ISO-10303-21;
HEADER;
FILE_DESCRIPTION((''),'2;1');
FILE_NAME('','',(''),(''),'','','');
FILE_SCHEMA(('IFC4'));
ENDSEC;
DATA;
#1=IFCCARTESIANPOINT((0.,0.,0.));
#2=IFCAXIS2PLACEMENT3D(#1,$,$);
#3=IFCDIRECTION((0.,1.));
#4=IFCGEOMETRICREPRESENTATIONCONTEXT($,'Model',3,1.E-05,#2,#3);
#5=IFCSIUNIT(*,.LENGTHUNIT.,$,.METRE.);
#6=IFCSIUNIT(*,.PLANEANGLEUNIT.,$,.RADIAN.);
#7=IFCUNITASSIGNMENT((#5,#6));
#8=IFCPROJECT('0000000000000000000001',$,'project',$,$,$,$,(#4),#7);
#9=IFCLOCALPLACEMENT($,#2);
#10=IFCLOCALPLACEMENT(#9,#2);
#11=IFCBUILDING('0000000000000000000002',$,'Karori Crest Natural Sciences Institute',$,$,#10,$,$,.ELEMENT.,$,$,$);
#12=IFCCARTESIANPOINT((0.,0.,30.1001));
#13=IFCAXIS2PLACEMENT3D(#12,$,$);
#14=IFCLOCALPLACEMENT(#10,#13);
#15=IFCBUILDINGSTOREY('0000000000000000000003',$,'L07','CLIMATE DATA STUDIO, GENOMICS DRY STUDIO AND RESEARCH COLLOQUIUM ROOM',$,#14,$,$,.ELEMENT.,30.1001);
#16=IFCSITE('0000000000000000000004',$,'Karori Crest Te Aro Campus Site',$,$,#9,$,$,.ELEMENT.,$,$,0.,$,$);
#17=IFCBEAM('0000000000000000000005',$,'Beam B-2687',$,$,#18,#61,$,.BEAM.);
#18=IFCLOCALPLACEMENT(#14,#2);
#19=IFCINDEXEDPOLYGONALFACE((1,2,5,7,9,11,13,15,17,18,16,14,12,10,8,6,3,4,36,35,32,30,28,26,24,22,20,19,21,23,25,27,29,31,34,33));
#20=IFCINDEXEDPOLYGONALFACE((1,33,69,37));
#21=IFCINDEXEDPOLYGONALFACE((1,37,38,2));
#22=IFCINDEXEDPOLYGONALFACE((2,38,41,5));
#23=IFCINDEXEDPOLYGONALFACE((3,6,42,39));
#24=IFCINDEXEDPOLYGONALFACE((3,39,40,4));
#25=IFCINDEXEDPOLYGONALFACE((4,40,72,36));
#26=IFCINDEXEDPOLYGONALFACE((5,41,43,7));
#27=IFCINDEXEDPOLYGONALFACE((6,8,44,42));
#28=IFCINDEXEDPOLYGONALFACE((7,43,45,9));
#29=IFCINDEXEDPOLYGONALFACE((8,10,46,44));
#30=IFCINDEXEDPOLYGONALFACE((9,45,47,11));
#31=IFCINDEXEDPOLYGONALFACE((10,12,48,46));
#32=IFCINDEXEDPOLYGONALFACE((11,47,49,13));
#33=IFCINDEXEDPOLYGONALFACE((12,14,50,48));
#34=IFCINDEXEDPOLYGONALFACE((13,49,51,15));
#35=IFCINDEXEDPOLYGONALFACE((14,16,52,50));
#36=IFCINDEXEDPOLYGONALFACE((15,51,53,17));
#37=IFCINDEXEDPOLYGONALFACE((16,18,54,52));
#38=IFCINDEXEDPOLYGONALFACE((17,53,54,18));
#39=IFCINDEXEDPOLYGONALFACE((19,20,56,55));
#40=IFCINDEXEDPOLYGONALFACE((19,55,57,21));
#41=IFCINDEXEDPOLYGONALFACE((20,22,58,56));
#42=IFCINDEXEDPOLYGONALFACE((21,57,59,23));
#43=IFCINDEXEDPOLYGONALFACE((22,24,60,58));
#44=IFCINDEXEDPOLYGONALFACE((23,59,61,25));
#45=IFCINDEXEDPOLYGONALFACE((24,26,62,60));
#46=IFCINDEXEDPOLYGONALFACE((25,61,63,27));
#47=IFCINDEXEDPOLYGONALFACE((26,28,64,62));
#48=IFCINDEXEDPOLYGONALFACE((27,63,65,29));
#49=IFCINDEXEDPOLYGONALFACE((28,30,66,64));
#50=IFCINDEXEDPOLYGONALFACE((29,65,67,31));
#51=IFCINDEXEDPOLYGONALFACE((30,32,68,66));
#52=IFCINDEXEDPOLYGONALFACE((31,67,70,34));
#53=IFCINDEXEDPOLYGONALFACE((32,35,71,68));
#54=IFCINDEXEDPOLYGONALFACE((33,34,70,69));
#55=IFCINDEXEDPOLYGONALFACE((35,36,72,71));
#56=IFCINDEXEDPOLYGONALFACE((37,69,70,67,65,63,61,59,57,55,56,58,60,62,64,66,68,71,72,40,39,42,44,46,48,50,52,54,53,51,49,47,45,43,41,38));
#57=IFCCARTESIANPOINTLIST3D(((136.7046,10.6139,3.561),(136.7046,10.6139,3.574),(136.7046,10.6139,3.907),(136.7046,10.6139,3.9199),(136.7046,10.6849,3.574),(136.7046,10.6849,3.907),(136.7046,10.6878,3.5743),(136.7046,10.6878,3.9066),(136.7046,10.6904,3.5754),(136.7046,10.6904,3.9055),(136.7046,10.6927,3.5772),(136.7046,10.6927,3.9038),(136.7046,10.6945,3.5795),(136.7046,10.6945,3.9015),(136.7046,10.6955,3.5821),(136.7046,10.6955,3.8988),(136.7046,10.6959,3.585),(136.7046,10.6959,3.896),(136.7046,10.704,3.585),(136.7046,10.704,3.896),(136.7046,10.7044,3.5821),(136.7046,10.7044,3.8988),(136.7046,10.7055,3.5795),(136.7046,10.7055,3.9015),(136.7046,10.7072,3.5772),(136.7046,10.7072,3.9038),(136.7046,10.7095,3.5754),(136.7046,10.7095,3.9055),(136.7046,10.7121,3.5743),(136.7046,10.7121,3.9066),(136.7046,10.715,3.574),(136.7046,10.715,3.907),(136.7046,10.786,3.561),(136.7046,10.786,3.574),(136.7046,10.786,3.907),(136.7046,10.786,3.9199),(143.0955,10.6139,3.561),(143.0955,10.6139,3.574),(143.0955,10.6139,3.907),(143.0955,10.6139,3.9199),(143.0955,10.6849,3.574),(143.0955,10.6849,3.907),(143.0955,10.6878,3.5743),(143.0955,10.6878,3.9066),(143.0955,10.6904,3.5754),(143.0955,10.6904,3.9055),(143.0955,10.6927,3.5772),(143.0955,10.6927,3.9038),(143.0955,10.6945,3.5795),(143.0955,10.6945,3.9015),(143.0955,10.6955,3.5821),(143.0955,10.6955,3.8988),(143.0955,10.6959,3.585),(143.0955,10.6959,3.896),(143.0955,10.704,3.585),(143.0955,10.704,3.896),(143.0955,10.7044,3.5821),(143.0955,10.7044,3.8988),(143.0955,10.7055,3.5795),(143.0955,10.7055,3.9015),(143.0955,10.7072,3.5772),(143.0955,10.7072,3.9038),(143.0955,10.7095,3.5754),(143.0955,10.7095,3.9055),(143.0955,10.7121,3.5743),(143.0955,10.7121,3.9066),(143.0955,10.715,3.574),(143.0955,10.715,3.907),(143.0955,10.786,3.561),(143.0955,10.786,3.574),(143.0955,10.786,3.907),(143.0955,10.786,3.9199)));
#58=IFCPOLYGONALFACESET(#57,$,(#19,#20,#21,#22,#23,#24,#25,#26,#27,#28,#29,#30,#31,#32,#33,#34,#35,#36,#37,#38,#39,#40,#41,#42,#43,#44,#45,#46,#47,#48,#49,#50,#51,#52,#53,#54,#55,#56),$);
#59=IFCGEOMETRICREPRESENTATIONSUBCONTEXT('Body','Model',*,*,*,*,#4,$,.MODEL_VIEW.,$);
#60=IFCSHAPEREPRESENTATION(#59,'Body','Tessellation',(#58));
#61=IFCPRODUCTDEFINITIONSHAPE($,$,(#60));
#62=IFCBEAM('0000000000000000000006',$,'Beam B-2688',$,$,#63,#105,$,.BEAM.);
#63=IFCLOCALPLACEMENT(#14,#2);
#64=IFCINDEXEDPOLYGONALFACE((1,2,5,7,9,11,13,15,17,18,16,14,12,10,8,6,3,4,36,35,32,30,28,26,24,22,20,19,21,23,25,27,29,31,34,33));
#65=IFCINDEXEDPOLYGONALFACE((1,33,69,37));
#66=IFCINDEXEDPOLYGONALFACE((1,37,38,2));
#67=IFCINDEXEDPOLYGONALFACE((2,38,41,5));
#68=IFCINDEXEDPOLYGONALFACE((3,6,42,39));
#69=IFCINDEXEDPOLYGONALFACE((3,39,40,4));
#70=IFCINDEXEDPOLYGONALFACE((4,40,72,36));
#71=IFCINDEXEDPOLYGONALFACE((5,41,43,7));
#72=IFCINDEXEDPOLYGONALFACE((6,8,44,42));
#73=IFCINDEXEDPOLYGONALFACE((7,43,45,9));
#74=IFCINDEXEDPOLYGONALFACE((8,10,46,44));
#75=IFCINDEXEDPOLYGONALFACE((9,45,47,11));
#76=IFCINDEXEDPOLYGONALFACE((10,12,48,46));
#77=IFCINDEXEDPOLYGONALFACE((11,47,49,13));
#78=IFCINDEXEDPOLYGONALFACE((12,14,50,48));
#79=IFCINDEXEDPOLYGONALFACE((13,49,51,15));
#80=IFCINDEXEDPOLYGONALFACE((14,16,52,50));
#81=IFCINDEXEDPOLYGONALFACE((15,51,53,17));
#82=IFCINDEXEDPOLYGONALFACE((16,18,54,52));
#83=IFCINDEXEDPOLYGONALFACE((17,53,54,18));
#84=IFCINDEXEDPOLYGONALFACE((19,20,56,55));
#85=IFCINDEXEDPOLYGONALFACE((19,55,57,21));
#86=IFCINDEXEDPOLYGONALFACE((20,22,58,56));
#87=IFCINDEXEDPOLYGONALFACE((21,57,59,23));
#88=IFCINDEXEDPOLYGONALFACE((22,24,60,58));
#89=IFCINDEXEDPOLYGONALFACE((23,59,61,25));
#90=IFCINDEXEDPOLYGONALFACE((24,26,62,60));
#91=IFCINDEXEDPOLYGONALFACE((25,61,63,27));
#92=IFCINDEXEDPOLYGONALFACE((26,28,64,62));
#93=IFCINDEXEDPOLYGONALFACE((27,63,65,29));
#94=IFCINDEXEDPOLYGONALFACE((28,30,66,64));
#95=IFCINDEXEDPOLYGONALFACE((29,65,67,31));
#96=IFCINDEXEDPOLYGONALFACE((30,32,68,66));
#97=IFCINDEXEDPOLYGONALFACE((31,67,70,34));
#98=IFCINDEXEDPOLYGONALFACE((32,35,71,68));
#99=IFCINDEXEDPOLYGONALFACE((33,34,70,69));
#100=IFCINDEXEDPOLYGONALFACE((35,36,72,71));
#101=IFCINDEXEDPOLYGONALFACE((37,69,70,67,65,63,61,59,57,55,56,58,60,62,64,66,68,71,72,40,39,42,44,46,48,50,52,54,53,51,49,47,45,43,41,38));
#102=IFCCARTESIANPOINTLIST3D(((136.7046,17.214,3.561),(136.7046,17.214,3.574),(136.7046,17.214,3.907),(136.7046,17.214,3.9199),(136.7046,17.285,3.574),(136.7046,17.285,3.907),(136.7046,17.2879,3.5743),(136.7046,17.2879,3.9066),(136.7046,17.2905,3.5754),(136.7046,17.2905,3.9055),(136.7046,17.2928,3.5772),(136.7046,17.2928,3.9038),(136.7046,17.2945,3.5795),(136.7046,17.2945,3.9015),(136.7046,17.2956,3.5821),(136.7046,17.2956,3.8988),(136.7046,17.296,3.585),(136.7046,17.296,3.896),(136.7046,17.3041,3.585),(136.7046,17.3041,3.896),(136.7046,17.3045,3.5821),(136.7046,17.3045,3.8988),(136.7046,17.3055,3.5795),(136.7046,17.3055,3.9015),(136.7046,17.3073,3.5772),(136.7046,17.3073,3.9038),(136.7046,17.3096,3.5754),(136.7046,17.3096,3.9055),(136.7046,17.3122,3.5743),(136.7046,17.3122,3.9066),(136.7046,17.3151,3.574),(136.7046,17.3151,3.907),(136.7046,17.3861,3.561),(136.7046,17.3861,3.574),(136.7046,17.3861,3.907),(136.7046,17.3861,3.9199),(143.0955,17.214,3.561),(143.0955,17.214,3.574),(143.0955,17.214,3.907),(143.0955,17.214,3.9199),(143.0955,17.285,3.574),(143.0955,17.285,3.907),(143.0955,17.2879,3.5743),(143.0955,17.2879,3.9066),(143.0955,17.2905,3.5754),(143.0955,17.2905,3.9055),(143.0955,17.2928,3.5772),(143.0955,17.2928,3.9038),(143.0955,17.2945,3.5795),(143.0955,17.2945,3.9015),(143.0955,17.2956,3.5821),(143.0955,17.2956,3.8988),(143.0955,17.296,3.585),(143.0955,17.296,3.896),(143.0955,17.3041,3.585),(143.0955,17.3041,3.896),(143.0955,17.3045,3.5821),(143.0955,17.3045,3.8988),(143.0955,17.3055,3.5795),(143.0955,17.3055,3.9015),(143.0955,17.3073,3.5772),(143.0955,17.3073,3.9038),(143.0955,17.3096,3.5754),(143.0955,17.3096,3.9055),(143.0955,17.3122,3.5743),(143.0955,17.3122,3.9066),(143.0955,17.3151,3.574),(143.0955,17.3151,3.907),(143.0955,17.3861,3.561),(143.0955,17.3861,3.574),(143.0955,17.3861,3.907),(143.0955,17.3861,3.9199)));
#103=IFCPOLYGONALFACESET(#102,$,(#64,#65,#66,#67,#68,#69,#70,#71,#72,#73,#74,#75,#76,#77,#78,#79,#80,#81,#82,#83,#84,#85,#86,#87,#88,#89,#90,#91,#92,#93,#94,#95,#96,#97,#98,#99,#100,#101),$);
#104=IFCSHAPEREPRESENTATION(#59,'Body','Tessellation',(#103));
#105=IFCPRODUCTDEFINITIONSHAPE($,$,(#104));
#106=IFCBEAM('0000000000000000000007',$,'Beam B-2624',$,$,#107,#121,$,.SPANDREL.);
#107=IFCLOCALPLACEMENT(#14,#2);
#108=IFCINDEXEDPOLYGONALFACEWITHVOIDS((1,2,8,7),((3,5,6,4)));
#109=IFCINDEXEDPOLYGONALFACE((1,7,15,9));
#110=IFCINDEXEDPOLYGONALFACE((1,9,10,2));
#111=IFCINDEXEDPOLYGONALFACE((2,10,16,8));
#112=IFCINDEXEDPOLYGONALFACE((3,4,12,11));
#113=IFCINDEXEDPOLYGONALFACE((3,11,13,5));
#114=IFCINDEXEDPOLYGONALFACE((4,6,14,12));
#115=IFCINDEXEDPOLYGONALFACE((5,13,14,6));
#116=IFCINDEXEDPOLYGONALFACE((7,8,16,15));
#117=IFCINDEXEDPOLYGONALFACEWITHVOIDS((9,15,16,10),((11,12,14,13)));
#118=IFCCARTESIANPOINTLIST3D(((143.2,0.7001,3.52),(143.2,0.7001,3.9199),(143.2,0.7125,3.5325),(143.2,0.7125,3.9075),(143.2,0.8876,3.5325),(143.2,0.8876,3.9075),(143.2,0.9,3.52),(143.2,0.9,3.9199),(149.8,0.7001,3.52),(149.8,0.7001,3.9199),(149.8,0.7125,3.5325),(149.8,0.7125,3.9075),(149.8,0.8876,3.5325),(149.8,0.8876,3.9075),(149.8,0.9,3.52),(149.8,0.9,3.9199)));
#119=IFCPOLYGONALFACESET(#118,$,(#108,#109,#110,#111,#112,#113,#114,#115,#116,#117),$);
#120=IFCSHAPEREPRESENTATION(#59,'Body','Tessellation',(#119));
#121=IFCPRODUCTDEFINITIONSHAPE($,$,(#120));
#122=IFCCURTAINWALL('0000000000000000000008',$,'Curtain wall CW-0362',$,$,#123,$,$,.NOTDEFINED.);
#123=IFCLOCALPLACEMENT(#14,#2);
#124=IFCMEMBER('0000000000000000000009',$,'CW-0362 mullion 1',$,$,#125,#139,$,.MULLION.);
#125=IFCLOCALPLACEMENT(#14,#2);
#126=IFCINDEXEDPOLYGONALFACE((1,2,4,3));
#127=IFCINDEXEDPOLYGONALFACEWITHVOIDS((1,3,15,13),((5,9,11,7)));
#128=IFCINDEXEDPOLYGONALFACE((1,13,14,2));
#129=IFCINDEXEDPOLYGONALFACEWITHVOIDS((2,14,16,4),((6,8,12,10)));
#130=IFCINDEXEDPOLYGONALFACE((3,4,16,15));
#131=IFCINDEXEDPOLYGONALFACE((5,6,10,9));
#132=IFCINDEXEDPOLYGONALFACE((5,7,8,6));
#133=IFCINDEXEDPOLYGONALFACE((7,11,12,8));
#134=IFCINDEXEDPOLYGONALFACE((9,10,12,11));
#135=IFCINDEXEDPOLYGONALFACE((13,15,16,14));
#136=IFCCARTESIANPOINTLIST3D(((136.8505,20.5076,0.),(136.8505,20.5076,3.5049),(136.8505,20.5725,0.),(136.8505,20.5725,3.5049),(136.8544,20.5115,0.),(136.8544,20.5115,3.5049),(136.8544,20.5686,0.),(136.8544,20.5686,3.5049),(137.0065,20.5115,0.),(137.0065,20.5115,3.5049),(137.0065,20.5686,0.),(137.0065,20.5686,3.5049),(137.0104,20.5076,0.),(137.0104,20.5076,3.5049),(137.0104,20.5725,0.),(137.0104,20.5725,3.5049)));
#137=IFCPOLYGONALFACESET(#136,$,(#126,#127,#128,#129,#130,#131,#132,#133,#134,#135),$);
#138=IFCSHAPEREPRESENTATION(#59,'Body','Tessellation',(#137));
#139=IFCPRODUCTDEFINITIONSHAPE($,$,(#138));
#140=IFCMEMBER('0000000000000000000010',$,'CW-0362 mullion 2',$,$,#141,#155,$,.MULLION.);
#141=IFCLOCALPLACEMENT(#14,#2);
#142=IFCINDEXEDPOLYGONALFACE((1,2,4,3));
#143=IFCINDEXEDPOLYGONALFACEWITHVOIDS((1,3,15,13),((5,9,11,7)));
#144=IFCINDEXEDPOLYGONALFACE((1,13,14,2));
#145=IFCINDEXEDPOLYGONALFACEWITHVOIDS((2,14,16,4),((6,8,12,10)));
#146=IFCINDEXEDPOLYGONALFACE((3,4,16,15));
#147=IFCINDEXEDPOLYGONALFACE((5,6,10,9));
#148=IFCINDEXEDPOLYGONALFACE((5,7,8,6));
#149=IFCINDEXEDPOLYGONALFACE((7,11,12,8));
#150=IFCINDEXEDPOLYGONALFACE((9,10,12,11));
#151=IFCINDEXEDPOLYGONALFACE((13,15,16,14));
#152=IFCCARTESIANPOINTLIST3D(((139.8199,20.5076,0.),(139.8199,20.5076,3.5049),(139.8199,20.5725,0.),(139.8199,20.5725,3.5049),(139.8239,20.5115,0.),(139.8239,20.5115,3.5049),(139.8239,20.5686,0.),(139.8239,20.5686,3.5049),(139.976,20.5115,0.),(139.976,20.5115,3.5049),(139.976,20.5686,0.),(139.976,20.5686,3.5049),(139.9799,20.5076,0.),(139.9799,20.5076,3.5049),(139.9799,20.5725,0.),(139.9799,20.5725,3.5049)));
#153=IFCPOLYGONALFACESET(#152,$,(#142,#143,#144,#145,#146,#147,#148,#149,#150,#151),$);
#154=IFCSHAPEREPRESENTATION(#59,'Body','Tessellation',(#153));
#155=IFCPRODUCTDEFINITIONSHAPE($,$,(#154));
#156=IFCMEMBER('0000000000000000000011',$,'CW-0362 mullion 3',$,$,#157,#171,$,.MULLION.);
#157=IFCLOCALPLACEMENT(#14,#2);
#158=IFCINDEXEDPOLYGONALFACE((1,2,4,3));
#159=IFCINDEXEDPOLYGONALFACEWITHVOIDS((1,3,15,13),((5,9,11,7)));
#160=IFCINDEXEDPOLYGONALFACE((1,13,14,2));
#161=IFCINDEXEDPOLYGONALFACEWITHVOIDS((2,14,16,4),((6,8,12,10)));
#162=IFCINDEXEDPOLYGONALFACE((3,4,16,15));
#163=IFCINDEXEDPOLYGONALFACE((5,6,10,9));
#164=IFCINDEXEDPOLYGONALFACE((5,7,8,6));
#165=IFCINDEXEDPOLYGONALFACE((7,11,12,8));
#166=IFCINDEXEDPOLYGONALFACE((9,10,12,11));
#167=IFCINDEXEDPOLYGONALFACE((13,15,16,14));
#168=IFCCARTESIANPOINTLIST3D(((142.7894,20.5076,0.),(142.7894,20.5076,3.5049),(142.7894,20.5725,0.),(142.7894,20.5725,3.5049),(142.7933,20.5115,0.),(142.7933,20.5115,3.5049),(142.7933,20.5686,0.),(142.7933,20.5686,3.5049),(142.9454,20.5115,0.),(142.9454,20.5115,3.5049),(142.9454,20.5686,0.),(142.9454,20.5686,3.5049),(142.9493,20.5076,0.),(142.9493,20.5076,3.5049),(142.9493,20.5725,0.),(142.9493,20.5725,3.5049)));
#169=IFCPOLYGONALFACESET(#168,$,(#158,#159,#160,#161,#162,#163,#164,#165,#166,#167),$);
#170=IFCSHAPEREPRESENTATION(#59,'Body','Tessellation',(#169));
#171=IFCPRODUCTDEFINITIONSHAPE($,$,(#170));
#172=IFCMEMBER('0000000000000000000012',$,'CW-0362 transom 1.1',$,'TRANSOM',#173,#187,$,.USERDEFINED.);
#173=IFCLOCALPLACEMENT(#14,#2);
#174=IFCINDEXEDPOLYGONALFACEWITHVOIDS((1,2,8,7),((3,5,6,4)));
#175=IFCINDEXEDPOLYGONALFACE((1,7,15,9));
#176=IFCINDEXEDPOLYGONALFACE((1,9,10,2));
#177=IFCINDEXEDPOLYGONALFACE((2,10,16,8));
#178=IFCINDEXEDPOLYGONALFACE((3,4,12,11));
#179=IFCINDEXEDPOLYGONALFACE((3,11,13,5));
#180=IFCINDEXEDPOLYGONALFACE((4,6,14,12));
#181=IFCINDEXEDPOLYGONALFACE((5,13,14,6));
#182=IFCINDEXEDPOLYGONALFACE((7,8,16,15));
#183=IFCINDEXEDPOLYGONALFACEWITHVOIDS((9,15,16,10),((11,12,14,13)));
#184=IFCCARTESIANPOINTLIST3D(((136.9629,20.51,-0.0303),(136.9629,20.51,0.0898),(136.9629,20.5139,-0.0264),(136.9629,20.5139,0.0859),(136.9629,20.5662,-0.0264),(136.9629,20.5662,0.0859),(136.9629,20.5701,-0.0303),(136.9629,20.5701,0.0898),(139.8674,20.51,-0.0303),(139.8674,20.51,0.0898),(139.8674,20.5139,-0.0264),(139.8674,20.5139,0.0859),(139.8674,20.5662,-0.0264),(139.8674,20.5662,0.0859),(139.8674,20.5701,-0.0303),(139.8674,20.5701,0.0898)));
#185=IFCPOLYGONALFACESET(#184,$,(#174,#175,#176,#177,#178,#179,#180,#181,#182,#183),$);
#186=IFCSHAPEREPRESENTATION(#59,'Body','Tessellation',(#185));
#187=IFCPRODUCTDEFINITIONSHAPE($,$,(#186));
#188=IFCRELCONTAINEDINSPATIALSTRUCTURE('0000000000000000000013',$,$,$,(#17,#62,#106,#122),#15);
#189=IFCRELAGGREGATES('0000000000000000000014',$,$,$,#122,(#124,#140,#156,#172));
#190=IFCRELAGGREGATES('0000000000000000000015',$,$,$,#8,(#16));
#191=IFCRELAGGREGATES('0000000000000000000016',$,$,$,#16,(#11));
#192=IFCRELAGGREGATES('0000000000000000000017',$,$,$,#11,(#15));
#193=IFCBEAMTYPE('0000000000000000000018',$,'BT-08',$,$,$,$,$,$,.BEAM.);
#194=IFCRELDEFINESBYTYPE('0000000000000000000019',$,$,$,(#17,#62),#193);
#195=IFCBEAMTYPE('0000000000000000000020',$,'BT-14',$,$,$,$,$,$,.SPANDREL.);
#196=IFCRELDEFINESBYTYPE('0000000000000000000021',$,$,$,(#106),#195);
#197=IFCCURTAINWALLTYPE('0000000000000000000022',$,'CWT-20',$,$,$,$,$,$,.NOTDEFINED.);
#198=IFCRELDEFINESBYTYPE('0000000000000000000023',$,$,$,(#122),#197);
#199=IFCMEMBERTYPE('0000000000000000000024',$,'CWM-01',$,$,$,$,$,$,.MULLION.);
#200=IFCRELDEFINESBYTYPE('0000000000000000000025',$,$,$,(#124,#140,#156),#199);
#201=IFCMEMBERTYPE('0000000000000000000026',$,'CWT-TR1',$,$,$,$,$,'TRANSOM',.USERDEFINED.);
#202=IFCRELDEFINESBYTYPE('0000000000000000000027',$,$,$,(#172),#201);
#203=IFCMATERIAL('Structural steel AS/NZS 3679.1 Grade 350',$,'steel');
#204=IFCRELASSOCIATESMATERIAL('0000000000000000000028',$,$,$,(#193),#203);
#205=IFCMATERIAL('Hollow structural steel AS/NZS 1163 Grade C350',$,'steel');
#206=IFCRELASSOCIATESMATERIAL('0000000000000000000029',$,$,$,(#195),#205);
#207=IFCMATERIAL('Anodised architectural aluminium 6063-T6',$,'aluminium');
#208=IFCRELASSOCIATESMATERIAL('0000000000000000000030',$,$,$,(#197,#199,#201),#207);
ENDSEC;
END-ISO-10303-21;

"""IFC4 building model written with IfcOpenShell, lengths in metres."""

from ifc_helpers import new_model, si_unit, direction, frame, origin, origin_2d, place, context, subcontext, project, spatial, hollow_rectangle, i_section, extrude, material, material_profile, profile_set, type_object, element, aggregate, save


model = new_model("IFC4")

# Units and contexts
model_context = context("Model", 3, precision=1e-05, world=origin(), true_north=direction((0.0, 1.0)))
body_context = subcontext(model_context, "Body", "Model", "MODEL_VIEW")
ifc_project = project(units=[si_unit("LENGTHUNIT", "METRE"), si_unit("PLANEANGLEUNIT", "RADIAN")], contexts=[model_context])

# Site, building, storey
site_placement = place(None, origin())
site = spatial("IfcSite", under=ifc_project, at=site_placement, Name="Karori Crest Te Aro Campus Site", CompositionType="ELEMENT", RefElevation=0.0)
building_placement = place(site_placement, origin())
building = spatial("IfcBuilding", under=site, at=building_placement, Name="Karori Crest Natural Sciences Institute", CompositionType="ELEMENT")
storey_placement = place(building_placement, frame((0.0, 0.0, 30.1001)))
storey = spatial("IfcBuildingStorey", under=building, at=storey_placement, Name="L07", Description="CLIMATE DATA STUDIO, GENOMICS DRY STUDIO AND RESEARCH COLLOQUIUM ROOM", CompositionType="ELEMENT", Elevation=30.1001)

# Shared definitions
ifc_material_1 = material(Name="Structural steel AS/NZS 3679.1 Grade 350", Category="steel")

# Beams
ifc_material_profile_1 = material_profile(ifc_material_1, i_section(OverallWidth=0.1721, OverallDepth=0.3589, WebThickness=0.0081, FlangeThickness=0.0129, FilletRadius=0.011, at=origin_2d()), Name="360UB56.7")
ifc_profile_set_1 = profile_set([ifc_material_profile_1], Name="Structural steel AS/NZS 3679.1 Grade 350")
beam_type_1 = type_object("IfcBeamType", Name="BT-08", PredefinedType="BEAM", material=ifc_profile_set_1)
for number, where, z_axis, x_axis, name in (
    (1, (136.7046, 10.7, 3.7405), (1.0, 0.0, 0.0), (0.0, 1.0, 0.0), "Beam B-2687"),
    (2, (136.7046, 17.3, 3.7405), (1.0, 0.0, 0.0), (0.0, 1.0, 0.0), "Beam B-2688"),
):
    element("IfcBeam", number, at=place(storey_placement, frame(where, z_axis=z_axis, x_axis=x_axis)), inside=storey, type_object=beam_type_1, Name=name, PredefinedType="BEAM", context=body_context, shape_type="SweptSolid", body=[
        extrude(i_section(OverallWidth=0.1721, OverallDepth=0.3589, WebThickness=0.0081, FlangeThickness=0.0129, FilletRadius=0.011, at=origin_2d()), origin(), (0.0, 0.0, 1.0), 6.3909),
    ])
ifc_material_2 = material(Name="Hollow structural steel AS/NZS 1163 Grade C350", Category="steel")
ifc_material_profile_2 = material_profile(ifc_material_2, hollow_rectangle(XDim=0.2, YDim=0.3999, WallThickness=0.0125, at=origin_2d()), Name="RHS400x200x12.5")
ifc_profile_set_2 = profile_set([ifc_material_profile_2], Name="Hollow structural steel AS/NZS 1163 Grade C350")
beam_type_2 = type_object("IfcBeamType", Name="BT-14", PredefinedType="SPANDREL", material=ifc_profile_set_2)
beam_1_placement = place(storey_placement, frame((143.2, 0.8, 3.72), z_axis=(1.0, 0.0, 0.0), x_axis=(0.0, 1.0, 0.0)))
element("IfcBeam", 3, at=beam_1_placement, inside=storey, type_object=beam_type_2, Name="Beam B-2624", PredefinedType="SPANDREL", context=body_context, shape_type="SweptSolid", body=[
    extrude(hollow_rectangle(XDim=0.2, YDim=0.3999, WallThickness=0.0125, at=origin_2d()), origin(), (0.0, 0.0, 1.0), 6.6001),
])

# Curtain wall, members
ifc_material_3 = material(Name="Anodised architectural aluminium 6063-T6", Category="aluminium")
curtain_wall_type = type_object("IfcCurtainWallType", Name="CWT-20", PredefinedType="NOTDEFINED", material=ifc_material_3)
curtain_wall_placement = place(storey_placement, origin())
curtain_wall = element("IfcCurtainWall", 4, at=curtain_wall_placement, inside=storey, type_object=curtain_wall_type, Name="Curtain wall CW-0362", PredefinedType="NOTDEFINED")
ifc_material_profile_3 = material_profile(ifc_material_3, hollow_rectangle(XDim=0.0649, YDim=0.1599, WallThickness=0.0039, at=origin_2d()), Name="CWM160x65x4")
ifc_profile_set_3 = profile_set([ifc_material_profile_3], Name="Anodised architectural aluminium 6063-T6")
member_type_1 = type_object("IfcMemberType", Name="CWM-01", PredefinedType="MULLION", material=ifc_profile_set_3)
member_1_placement = place(storey_placement, frame((136.9304, 20.54, 0.0), z_axis=(0.0, 0.0, 1.0), x_axis=(0.0, 1.0, 0.0)))
member_1 = element("IfcMember", 5, at=member_1_placement, type_object=member_type_1, Name="CW-0362 mullion 1", PredefinedType="MULLION", context=body_context, shape_type="SweptSolid", body=[
    extrude(hollow_rectangle(XDim=0.0649, YDim=0.1599, WallThickness=0.0039, at=origin_2d()), origin(), (0.0, 0.0, 1.0), 3.5049),
])
member_2_placement = place(storey_placement, frame((139.8999, 20.54, 0.0), z_axis=(0.0, 0.0, 1.0), x_axis=(0.0, 1.0, 0.0)))
member_2 = element("IfcMember", 6, at=member_2_placement, type_object=member_type_1, Name="CW-0362 mullion 2", PredefinedType="MULLION", context=body_context, shape_type="SweptSolid", body=[
    extrude(hollow_rectangle(XDim=0.0649, YDim=0.1599, WallThickness=0.0039, at=origin_2d()), origin(), (0.0, 0.0, 1.0), 3.5049),
])
member_3_placement = place(storey_placement, frame((142.8694, 20.54, 0.0), z_axis=(0.0, 0.0, 1.0), x_axis=(0.0, 1.0, 0.0)))
member_3 = element("IfcMember", 7, at=member_3_placement, type_object=member_type_1, Name="CW-0362 mullion 3", PredefinedType="MULLION", context=body_context, shape_type="SweptSolid", body=[
    extrude(hollow_rectangle(XDim=0.0649, YDim=0.1599, WallThickness=0.0039, at=origin_2d()), origin(), (0.0, 0.0, 1.0), 3.5049),
])
ifc_material_profile_4 = material_profile(ifc_material_3, hollow_rectangle(XDim=0.0601, YDim=0.1201, WallThickness=0.0039, at=origin_2d()), Name="CWT120x60x4")
ifc_profile_set_4 = profile_set([ifc_material_profile_4], Name="Anodised architectural aluminium 6063-T6")
member_type_2 = type_object("IfcMemberType", Name="CWT-TR1", ElementType="TRANSOM", PredefinedType="USERDEFINED", material=ifc_profile_set_4)
member_4_placement = place(storey_placement, frame((136.9629, 20.54, 0.0298), z_axis=(1.0, 0.0, 0.0), x_axis=(0.0, 1.0, 0.0)))
member_4 = element("IfcMember", 8, at=member_4_placement, type_object=member_type_2, Name="CW-0362 transom 1.1", ObjectType="TRANSOM", PredefinedType="USERDEFINED", context=body_context, shape_type="SweptSolid", body=[
    extrude(hollow_rectangle(XDim=0.0601, YDim=0.1201, WallThickness=0.0039, at=origin_2d()), origin(), (0.0, 0.0, 1.0), 2.9045),
])
aggregate(curtain_wall, [member_1, member_2, member_3, member_4])

save(model, "model.ifc")
